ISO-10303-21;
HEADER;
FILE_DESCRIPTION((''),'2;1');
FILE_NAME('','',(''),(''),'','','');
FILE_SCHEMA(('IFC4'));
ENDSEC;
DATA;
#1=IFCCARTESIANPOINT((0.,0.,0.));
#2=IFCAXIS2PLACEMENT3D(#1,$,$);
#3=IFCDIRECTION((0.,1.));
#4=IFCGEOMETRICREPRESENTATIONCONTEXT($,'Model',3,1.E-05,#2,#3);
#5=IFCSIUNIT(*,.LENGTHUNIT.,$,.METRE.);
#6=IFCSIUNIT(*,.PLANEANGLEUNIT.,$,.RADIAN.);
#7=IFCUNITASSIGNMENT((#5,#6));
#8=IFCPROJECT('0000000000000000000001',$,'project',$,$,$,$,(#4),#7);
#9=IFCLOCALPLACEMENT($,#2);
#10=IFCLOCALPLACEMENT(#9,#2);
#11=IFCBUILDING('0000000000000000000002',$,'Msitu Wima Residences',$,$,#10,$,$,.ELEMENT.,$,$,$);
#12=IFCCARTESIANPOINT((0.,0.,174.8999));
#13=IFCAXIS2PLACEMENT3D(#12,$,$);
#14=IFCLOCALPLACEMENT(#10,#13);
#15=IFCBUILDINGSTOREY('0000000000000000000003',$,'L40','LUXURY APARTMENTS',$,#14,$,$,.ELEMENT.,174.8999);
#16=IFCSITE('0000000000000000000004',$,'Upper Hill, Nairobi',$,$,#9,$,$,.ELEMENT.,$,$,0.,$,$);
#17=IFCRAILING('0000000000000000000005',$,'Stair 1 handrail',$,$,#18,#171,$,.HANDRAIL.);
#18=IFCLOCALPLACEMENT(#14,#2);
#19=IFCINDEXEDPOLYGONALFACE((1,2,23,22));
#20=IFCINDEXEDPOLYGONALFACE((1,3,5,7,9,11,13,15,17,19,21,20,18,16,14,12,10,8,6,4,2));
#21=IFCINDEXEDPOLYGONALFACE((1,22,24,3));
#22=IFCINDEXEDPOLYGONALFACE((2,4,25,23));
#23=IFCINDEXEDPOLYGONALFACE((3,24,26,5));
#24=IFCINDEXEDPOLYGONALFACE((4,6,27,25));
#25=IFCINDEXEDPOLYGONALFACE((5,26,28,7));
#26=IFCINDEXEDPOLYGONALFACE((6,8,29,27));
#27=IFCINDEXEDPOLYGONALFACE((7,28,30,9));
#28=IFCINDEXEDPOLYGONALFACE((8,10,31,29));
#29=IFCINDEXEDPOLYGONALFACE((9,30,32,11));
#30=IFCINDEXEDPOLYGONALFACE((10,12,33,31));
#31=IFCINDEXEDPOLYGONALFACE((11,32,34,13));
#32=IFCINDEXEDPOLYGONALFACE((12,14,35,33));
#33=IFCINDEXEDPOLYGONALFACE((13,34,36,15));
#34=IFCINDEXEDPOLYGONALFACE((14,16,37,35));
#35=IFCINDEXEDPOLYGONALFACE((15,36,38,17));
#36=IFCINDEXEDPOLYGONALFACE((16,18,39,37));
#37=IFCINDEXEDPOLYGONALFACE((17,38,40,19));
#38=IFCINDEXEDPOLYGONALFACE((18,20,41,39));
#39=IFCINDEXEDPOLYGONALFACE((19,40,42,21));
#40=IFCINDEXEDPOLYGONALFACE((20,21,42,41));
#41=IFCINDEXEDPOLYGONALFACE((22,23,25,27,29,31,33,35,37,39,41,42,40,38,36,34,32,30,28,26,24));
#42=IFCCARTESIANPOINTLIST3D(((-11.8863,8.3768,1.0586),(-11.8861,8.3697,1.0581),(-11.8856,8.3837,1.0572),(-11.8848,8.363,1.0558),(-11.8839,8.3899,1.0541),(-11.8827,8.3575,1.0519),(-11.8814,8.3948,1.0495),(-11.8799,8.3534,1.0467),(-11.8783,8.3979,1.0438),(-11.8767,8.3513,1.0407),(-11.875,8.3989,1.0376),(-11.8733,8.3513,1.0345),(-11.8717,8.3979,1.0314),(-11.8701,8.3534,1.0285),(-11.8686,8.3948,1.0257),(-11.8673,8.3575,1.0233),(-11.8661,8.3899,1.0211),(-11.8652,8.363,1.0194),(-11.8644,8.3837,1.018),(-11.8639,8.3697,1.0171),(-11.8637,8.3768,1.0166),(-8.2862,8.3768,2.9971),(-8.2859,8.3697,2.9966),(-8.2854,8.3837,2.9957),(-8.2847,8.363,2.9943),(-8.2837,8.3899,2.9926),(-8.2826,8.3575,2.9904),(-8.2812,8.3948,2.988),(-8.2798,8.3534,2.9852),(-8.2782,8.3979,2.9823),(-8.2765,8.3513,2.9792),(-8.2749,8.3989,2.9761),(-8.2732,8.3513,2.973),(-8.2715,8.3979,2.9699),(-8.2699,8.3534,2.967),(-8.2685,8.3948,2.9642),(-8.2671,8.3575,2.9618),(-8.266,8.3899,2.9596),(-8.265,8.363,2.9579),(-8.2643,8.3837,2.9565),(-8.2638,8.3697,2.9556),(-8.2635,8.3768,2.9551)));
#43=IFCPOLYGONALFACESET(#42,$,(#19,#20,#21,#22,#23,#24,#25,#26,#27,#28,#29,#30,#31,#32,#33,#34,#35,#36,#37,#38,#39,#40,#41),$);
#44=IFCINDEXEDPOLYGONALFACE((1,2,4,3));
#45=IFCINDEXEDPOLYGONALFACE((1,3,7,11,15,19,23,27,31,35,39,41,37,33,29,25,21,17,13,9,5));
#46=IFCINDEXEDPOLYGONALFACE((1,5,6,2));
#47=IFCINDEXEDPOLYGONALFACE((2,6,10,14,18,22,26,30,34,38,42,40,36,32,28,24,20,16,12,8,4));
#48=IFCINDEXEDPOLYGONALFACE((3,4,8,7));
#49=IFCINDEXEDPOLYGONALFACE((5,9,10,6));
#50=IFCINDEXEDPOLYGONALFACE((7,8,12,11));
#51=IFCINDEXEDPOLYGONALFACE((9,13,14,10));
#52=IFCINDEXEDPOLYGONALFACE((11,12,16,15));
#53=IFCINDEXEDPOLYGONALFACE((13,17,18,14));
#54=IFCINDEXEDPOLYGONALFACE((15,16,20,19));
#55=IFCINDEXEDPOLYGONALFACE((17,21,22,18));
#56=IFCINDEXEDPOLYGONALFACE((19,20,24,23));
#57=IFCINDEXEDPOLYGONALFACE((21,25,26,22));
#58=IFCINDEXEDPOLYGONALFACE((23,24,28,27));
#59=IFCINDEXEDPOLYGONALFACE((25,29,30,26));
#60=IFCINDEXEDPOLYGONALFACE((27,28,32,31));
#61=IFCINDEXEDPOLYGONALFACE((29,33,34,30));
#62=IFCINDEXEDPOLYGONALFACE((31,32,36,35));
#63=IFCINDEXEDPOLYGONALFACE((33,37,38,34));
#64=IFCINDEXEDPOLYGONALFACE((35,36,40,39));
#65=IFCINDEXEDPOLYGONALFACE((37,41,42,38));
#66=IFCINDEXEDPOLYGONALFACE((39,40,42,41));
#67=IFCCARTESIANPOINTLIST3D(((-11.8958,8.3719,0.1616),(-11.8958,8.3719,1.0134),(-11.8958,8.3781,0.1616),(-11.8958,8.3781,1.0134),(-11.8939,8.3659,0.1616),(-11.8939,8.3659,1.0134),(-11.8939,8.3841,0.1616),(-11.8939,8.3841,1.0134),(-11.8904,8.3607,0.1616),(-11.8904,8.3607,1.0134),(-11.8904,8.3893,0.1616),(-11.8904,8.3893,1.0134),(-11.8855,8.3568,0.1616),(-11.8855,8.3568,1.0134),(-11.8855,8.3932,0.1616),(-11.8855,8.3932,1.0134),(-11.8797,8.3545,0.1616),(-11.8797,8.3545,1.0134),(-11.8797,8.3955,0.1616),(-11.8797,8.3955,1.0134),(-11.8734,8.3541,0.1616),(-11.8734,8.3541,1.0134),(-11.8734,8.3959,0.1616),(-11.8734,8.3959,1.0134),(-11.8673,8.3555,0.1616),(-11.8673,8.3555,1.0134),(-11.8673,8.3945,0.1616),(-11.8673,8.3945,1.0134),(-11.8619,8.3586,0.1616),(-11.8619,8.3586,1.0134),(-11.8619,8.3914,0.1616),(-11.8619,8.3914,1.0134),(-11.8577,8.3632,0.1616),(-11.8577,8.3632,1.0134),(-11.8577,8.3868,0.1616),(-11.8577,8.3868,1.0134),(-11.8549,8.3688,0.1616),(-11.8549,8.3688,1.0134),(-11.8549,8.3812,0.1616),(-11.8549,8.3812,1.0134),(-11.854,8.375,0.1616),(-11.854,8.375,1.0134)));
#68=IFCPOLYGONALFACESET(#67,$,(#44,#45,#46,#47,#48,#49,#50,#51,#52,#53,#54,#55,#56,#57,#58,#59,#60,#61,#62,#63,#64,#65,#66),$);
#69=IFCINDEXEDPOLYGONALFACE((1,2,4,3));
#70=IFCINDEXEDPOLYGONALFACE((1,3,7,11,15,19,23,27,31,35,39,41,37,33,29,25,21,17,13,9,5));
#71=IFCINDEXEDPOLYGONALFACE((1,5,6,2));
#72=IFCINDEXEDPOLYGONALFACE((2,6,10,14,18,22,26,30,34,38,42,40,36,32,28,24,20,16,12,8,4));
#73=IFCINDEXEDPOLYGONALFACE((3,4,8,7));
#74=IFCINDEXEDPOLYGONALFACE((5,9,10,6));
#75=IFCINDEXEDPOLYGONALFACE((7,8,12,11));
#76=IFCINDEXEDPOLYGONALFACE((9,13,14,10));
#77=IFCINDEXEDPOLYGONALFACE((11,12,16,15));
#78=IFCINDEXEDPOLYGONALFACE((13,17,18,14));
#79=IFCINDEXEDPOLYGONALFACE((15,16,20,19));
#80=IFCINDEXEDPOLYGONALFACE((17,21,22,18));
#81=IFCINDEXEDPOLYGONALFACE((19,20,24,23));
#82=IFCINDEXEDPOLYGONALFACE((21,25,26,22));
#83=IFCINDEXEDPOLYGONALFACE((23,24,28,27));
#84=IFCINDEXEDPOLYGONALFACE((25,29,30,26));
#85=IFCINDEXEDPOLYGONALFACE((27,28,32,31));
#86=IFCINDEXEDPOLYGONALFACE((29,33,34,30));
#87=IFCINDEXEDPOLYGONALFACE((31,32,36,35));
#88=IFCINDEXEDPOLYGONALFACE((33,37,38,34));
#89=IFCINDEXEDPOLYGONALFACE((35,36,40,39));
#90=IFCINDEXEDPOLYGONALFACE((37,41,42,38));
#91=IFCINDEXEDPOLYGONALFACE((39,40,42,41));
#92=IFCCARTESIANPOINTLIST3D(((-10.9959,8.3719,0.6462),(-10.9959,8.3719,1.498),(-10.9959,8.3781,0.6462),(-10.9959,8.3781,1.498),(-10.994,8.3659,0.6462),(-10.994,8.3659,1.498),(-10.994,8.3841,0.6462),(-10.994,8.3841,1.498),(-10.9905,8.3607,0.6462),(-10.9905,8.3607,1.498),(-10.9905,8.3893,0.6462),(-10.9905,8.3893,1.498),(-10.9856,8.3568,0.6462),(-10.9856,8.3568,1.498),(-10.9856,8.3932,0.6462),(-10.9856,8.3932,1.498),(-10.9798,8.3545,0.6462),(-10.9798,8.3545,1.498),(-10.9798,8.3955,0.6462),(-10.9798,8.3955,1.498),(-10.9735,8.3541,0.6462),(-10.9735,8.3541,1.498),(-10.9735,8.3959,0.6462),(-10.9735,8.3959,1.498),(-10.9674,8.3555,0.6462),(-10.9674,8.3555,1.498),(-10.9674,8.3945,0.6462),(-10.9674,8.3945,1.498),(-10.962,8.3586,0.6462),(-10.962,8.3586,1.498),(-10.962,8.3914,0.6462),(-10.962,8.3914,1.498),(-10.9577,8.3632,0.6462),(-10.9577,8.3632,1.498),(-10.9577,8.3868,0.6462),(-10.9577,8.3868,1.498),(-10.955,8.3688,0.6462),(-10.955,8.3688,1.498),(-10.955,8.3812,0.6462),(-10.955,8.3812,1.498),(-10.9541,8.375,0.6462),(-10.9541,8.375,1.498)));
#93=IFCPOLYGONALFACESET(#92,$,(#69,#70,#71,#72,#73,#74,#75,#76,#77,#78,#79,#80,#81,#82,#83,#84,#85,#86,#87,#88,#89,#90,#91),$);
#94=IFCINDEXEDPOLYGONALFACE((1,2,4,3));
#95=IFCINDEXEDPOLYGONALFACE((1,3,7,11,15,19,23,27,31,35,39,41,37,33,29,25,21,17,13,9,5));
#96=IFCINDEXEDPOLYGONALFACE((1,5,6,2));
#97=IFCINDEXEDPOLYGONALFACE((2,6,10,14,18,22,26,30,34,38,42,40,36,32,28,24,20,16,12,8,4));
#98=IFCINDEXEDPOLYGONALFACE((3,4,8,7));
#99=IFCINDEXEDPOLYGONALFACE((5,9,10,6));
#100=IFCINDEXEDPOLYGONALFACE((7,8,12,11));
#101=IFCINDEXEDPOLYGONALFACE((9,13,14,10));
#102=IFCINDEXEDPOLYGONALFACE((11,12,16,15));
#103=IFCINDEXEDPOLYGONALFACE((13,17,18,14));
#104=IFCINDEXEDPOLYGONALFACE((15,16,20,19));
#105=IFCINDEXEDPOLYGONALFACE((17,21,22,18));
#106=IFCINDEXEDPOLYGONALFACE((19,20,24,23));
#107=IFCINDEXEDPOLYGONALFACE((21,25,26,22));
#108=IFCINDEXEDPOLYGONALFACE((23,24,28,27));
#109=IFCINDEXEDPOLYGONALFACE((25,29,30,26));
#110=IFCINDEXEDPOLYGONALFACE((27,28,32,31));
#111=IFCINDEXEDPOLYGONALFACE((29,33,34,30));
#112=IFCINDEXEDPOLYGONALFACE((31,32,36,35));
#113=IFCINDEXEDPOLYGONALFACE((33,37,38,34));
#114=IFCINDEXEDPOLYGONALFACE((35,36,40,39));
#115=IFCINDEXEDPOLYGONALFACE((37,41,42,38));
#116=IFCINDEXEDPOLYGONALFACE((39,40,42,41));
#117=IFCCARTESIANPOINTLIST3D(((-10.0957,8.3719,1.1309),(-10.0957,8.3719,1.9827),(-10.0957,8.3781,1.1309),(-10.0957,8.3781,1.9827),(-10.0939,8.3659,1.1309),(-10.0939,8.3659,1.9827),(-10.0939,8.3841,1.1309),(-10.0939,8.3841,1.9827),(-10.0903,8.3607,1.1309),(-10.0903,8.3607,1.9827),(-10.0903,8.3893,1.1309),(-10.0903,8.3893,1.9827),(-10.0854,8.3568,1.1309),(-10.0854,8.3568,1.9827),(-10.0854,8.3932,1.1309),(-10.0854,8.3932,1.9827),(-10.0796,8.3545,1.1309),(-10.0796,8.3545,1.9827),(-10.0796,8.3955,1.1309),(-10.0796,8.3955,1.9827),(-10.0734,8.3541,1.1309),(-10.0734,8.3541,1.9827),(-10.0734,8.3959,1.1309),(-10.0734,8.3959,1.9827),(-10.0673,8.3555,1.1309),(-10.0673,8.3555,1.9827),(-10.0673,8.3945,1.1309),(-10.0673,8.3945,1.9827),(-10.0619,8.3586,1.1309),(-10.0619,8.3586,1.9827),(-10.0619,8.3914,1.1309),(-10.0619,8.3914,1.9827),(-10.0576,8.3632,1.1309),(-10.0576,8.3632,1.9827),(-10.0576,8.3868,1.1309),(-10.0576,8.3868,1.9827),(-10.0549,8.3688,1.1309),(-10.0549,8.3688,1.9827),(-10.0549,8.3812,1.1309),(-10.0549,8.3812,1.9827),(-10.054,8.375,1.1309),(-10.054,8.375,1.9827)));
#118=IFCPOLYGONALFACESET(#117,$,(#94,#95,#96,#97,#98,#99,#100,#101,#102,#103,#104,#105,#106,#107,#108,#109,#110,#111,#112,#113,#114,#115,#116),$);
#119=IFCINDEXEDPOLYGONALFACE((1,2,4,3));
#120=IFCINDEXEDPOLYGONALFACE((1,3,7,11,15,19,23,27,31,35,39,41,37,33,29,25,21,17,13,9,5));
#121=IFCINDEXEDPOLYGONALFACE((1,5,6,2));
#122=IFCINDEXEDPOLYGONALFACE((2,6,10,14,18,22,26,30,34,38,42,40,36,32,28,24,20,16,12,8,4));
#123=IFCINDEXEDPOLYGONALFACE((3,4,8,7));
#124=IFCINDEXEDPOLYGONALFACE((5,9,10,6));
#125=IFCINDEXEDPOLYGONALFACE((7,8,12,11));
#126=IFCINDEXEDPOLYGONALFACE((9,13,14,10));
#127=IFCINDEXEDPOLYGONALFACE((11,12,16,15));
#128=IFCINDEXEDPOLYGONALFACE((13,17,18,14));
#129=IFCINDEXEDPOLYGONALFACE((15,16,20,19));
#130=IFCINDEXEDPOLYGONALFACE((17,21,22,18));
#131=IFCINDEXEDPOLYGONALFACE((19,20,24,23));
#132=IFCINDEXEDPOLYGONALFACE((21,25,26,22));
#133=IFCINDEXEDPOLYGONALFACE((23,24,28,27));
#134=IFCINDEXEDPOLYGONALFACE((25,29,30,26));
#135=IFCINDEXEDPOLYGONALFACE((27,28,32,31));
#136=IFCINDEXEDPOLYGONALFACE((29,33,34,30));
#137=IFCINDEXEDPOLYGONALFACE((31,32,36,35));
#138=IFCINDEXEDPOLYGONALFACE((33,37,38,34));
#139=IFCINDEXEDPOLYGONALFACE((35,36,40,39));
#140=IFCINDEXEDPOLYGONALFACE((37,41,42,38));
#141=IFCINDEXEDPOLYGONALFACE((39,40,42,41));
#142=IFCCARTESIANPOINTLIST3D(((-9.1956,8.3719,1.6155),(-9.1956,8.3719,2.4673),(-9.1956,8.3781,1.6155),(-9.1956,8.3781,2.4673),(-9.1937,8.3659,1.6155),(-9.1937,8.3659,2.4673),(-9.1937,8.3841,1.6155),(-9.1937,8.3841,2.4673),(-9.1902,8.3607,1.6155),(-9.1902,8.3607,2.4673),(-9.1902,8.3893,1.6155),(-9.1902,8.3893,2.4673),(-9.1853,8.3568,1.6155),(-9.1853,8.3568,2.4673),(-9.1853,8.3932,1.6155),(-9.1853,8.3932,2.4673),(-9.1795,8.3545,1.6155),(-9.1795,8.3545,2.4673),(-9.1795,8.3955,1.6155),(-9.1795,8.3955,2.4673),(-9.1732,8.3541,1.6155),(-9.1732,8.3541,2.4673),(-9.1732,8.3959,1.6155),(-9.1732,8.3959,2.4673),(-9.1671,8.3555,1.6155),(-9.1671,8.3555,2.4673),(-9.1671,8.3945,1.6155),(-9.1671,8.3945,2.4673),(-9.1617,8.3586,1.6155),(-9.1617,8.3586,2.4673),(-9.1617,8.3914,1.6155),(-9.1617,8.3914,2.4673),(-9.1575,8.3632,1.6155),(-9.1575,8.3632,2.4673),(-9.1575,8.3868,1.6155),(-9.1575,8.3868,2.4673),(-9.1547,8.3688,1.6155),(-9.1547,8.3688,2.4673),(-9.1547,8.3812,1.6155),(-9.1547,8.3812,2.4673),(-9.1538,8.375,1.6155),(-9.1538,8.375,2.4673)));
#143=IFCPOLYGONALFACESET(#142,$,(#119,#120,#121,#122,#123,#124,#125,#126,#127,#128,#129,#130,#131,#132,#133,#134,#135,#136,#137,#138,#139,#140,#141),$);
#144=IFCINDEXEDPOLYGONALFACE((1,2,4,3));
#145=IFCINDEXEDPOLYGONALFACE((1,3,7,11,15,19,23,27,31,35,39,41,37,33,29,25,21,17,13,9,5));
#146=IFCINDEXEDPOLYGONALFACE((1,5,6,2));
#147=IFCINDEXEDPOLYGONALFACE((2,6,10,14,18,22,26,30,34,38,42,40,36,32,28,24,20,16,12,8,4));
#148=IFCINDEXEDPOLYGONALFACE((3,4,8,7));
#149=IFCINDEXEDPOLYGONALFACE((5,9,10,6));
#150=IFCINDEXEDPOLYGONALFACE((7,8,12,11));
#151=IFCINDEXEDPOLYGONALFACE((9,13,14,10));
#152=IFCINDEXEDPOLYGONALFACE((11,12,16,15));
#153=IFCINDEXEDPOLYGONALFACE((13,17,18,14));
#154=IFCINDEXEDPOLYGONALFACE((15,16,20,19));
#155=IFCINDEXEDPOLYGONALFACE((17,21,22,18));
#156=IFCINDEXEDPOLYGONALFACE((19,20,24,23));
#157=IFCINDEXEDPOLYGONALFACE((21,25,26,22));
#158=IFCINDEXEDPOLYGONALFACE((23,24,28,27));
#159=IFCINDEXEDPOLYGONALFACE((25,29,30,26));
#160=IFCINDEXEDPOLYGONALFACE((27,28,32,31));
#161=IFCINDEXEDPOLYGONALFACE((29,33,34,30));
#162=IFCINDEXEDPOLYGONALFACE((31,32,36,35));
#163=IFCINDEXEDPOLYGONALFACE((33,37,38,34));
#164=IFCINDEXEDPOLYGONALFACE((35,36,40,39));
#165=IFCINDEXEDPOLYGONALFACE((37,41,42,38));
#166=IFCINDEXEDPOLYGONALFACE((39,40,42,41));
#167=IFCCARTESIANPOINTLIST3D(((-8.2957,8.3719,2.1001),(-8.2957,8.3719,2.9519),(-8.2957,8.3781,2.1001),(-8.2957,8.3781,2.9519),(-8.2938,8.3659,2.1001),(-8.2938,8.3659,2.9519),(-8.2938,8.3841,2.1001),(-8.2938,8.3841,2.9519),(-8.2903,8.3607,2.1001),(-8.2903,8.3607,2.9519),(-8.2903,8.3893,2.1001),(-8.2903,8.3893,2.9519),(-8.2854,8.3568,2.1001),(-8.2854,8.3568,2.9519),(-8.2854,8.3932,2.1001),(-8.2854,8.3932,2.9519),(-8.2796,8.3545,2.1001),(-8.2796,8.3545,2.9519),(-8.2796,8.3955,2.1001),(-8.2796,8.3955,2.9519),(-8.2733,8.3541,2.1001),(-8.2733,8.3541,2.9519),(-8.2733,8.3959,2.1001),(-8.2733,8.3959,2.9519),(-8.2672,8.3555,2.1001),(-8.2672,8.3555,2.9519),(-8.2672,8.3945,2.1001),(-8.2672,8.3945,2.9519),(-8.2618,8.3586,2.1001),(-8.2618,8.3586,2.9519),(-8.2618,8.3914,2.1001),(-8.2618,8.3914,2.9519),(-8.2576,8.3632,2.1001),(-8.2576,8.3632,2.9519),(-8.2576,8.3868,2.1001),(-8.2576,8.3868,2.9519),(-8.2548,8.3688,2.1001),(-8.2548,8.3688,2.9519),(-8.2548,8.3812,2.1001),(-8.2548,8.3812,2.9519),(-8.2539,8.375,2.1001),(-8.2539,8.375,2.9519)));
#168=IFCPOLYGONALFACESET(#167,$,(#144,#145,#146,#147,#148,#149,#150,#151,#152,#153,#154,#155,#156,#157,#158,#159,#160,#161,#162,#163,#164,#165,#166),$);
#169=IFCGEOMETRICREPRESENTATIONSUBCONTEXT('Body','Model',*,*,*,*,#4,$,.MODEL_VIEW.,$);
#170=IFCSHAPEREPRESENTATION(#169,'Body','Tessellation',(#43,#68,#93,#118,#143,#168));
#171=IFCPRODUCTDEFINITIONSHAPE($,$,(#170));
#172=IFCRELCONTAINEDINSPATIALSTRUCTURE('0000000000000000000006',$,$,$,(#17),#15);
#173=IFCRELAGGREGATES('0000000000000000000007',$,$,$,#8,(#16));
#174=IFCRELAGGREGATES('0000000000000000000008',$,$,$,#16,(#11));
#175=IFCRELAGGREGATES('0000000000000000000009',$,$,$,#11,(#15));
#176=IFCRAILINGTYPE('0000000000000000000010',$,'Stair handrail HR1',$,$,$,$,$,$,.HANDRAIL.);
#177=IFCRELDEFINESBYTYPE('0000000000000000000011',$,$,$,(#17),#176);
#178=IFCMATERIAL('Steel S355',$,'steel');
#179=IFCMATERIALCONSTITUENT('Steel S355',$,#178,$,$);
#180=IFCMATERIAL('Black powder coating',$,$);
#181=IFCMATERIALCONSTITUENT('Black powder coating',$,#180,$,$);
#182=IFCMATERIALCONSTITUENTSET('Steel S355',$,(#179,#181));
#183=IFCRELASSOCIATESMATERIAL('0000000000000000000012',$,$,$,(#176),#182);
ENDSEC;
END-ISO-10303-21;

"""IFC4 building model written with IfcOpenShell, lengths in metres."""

from ifc_helpers import new_model, si_unit, direction, frame, origin, origin_2d, place, context, subcontext, project, spatial, circle, extrude, material, constituent, constituent_set, type_object, element, save


model = new_model("IFC4")

# Units and contexts
model_context = context("Model", 3, precision=1e-05, world=origin(), true_north=direction((0.0, 1.0)))
body_context = subcontext(model_context, "Body", "Model", "MODEL_VIEW")
ifc_project = project(units=[si_unit("LENGTHUNIT", "METRE"), si_unit("PLANEANGLEUNIT", "RADIAN")], contexts=[model_context])

# Site, building, storey
site_placement = place(None, origin())
site = spatial("IfcSite", under=ifc_project, at=site_placement, Name="Upper Hill, Nairobi", CompositionType="ELEMENT", RefElevation=0.0)
building_placement = place(site_placement, origin())
building = spatial("IfcBuilding", under=site, at=building_placement, Name="Msitu Wima Residences", CompositionType="ELEMENT")
storey_placement = place(building_placement, frame((0.0, 0.0, 174.8999)))
storey = spatial("IfcBuildingStorey", under=building, at=storey_placement, Name="L40", Description="LUXURY APARTMENTS", CompositionType="ELEMENT", Elevation=174.8999)

# Railing
ifc_material_1 = material(Name="Steel S355", Category="steel")
ifc_constituent_1 = constituent(ifc_material_1, Name="Steel S355")
ifc_material_2 = material(Name="Black powder coating")
ifc_constituent_2 = constituent(ifc_material_2, Name="Black powder coating")
ifc_constituent_set = constituent_set(constituents=[ifc_constituent_1, ifc_constituent_2], Name="Steel S355")
railing_type = type_object("IfcRailingType", Name="Stair handrail HR1", PredefinedType="HANDRAIL", material=ifc_constituent_set)
for number, where, name in (
    (1, (-11.875, 8.375, 0.1616), "Stair 1 handrail"),
):
    element("IfcRailing", number, at=place(storey_placement, frame(where)), inside=storey, type_object=railing_type, Name=name, PredefinedType="HANDRAIL", context=body_context, shape_type="SweptSolid", body=[
        extrude(circle(Radius=0.0239, at=origin_2d()), frame((0.0, 0.0, 0.876), z_axis=(0.880475, 0.0, 0.474093), x_axis=(0.0, 1.0, 0.0)), (0.0, 0.0, 1.0), 4.0889),
        extrude(circle(Radius=0.021, at=origin_2d()), origin(), (0.0, 0.0, 1.0), 0.8518),
        extrude(circle(Radius=0.021, at=origin_2d()), frame((0.8999, 0.0, 0.4846)), (0.0, 0.0, 1.0), 0.8518),
        extrude(circle(Radius=0.021, at=origin_2d()), frame((1.8, 0.0, 0.9692)), (0.0, 0.0, 1.0), 0.8518),
        extrude(circle(Radius=0.021, at=origin_2d()), frame((2.7002, 0.0, 1.4539)), (0.0, 0.0, 1.0), 0.8518),
        extrude(circle(Radius=0.021, at=origin_2d()), frame((3.6001, 0.0, 1.9385)), (0.0, 0.0, 1.0), 0.8518),
    ])

save(model, "model.ifc")
